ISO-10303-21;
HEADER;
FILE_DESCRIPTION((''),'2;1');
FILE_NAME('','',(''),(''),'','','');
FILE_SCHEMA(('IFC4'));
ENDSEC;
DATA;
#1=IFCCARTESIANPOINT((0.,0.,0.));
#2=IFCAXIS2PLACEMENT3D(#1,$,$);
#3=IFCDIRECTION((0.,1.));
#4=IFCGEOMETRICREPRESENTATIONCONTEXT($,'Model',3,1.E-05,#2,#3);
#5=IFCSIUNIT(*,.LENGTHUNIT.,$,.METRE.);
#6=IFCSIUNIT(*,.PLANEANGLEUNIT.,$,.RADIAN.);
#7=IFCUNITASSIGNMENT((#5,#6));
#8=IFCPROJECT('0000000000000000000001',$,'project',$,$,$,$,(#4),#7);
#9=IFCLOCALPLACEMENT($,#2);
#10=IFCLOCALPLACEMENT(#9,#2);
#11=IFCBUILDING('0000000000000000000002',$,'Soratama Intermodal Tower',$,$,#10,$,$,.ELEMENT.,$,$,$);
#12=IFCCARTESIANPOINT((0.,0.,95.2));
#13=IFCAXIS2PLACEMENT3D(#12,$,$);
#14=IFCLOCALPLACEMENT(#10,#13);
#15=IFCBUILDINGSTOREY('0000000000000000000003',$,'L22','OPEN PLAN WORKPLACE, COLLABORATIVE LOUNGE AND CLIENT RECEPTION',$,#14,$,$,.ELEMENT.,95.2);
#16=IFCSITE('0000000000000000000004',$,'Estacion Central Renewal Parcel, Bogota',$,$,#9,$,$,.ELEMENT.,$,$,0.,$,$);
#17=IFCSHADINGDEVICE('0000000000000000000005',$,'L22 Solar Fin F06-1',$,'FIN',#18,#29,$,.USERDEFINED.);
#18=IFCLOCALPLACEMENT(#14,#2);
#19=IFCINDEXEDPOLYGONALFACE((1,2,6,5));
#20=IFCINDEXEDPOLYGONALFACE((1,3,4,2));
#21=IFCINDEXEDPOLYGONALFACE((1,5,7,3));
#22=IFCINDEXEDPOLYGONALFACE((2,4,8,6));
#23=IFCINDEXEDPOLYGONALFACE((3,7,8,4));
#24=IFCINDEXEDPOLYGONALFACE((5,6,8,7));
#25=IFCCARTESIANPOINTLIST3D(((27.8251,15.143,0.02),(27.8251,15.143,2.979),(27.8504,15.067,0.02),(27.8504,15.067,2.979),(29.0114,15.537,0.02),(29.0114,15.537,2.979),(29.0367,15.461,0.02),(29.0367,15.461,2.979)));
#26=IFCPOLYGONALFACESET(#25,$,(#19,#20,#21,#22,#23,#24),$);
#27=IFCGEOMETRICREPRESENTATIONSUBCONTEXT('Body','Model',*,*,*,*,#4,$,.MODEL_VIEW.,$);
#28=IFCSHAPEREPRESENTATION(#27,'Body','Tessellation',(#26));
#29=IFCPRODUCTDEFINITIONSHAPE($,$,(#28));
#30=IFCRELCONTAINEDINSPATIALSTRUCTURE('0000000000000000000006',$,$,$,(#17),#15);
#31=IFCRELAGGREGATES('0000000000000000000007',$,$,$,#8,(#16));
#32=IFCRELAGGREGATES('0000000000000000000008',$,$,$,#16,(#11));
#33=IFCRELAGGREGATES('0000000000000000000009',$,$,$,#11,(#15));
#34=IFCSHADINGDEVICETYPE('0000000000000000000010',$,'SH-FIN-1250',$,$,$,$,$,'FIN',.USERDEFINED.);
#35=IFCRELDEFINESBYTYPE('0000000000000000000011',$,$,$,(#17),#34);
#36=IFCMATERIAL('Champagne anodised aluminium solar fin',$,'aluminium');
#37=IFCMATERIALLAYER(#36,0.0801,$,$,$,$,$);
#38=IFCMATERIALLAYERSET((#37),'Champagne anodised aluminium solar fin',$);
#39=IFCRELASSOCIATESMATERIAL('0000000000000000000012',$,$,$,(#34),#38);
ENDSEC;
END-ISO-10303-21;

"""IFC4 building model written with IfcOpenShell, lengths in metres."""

from ifc_helpers import new_model, si_unit, direction, frame, origin, origin_2d, place, context, subcontext, project, spatial, rectangle, extrude, material, layer, layer_set, type_object, element, save


model = new_model("IFC4")

# Units and contexts
model_context = context("Model", 3, precision=1e-05, world=origin(), true_north=direction((0.0, 1.0)))
body_context = subcontext(model_context, "Body", "Model", "MODEL_VIEW")
ifc_project = project(units=[si_unit("LENGTHUNIT", "METRE"), si_unit("PLANEANGLEUNIT", "RADIAN")], contexts=[model_context])

# Site, building, storey
site_placement = place(None, origin())
site = spatial("IfcSite", under=ifc_project, at=site_placement, Name="Estacion Central Renewal Parcel, Bogota", CompositionType="ELEMENT", RefElevation=0.0)
building_placement = place(site_placement, origin())
building = spatial("IfcBuilding", under=site, at=building_placement, Name="Soratama Intermodal Tower", CompositionType="ELEMENT")
storey_placement = place(building_placement, frame((0.0, 0.0, 95.2)))
storey = spatial("IfcBuildingStorey", under=building, at=storey_placement, Name="L22", Description="OPEN PLAN WORKPLACE, COLLABORATIVE LOUNGE AND CLIENT RECEPTION", CompositionType="ELEMENT", Elevation=95.2)

# Shading device
ifc_material_1 = material(Name="Champagne anodised aluminium solar fin", Category="aluminium")
ifc_layer_1 = layer(ifc_material_1, 0.0801)
ifc_layer_set_1 = layer_set([ifc_layer_1], Name="Champagne anodised aluminium solar fin")
shading_device_type = type_object("IfcShadingDeviceType", Name="SH-FIN-1250", ElementType="FIN", PredefinedType="USERDEFINED", material=ifc_layer_set_1)
shading_device_placement = place(storey_placement, frame((28.4309, 15.302, 0.02), z_axis=(0.0, 0.0, 1.0), x_axis=(-0.949041, -0.315152, 0.0)))
element("IfcShadingDevice", 1, at=shading_device_placement, inside=storey, type_object=shading_device_type, Name="L22 Solar Fin F06-1", ObjectType="FIN", PredefinedType="USERDEFINED", context=body_context, shape_type="SweptSolid", body=[
    extrude(rectangle(XDim=1.25, YDim=0.0801, at=origin_2d()), origin(), (0.0, 0.0, 1.0), 2.959),
])

save(model, "model.ifc")
